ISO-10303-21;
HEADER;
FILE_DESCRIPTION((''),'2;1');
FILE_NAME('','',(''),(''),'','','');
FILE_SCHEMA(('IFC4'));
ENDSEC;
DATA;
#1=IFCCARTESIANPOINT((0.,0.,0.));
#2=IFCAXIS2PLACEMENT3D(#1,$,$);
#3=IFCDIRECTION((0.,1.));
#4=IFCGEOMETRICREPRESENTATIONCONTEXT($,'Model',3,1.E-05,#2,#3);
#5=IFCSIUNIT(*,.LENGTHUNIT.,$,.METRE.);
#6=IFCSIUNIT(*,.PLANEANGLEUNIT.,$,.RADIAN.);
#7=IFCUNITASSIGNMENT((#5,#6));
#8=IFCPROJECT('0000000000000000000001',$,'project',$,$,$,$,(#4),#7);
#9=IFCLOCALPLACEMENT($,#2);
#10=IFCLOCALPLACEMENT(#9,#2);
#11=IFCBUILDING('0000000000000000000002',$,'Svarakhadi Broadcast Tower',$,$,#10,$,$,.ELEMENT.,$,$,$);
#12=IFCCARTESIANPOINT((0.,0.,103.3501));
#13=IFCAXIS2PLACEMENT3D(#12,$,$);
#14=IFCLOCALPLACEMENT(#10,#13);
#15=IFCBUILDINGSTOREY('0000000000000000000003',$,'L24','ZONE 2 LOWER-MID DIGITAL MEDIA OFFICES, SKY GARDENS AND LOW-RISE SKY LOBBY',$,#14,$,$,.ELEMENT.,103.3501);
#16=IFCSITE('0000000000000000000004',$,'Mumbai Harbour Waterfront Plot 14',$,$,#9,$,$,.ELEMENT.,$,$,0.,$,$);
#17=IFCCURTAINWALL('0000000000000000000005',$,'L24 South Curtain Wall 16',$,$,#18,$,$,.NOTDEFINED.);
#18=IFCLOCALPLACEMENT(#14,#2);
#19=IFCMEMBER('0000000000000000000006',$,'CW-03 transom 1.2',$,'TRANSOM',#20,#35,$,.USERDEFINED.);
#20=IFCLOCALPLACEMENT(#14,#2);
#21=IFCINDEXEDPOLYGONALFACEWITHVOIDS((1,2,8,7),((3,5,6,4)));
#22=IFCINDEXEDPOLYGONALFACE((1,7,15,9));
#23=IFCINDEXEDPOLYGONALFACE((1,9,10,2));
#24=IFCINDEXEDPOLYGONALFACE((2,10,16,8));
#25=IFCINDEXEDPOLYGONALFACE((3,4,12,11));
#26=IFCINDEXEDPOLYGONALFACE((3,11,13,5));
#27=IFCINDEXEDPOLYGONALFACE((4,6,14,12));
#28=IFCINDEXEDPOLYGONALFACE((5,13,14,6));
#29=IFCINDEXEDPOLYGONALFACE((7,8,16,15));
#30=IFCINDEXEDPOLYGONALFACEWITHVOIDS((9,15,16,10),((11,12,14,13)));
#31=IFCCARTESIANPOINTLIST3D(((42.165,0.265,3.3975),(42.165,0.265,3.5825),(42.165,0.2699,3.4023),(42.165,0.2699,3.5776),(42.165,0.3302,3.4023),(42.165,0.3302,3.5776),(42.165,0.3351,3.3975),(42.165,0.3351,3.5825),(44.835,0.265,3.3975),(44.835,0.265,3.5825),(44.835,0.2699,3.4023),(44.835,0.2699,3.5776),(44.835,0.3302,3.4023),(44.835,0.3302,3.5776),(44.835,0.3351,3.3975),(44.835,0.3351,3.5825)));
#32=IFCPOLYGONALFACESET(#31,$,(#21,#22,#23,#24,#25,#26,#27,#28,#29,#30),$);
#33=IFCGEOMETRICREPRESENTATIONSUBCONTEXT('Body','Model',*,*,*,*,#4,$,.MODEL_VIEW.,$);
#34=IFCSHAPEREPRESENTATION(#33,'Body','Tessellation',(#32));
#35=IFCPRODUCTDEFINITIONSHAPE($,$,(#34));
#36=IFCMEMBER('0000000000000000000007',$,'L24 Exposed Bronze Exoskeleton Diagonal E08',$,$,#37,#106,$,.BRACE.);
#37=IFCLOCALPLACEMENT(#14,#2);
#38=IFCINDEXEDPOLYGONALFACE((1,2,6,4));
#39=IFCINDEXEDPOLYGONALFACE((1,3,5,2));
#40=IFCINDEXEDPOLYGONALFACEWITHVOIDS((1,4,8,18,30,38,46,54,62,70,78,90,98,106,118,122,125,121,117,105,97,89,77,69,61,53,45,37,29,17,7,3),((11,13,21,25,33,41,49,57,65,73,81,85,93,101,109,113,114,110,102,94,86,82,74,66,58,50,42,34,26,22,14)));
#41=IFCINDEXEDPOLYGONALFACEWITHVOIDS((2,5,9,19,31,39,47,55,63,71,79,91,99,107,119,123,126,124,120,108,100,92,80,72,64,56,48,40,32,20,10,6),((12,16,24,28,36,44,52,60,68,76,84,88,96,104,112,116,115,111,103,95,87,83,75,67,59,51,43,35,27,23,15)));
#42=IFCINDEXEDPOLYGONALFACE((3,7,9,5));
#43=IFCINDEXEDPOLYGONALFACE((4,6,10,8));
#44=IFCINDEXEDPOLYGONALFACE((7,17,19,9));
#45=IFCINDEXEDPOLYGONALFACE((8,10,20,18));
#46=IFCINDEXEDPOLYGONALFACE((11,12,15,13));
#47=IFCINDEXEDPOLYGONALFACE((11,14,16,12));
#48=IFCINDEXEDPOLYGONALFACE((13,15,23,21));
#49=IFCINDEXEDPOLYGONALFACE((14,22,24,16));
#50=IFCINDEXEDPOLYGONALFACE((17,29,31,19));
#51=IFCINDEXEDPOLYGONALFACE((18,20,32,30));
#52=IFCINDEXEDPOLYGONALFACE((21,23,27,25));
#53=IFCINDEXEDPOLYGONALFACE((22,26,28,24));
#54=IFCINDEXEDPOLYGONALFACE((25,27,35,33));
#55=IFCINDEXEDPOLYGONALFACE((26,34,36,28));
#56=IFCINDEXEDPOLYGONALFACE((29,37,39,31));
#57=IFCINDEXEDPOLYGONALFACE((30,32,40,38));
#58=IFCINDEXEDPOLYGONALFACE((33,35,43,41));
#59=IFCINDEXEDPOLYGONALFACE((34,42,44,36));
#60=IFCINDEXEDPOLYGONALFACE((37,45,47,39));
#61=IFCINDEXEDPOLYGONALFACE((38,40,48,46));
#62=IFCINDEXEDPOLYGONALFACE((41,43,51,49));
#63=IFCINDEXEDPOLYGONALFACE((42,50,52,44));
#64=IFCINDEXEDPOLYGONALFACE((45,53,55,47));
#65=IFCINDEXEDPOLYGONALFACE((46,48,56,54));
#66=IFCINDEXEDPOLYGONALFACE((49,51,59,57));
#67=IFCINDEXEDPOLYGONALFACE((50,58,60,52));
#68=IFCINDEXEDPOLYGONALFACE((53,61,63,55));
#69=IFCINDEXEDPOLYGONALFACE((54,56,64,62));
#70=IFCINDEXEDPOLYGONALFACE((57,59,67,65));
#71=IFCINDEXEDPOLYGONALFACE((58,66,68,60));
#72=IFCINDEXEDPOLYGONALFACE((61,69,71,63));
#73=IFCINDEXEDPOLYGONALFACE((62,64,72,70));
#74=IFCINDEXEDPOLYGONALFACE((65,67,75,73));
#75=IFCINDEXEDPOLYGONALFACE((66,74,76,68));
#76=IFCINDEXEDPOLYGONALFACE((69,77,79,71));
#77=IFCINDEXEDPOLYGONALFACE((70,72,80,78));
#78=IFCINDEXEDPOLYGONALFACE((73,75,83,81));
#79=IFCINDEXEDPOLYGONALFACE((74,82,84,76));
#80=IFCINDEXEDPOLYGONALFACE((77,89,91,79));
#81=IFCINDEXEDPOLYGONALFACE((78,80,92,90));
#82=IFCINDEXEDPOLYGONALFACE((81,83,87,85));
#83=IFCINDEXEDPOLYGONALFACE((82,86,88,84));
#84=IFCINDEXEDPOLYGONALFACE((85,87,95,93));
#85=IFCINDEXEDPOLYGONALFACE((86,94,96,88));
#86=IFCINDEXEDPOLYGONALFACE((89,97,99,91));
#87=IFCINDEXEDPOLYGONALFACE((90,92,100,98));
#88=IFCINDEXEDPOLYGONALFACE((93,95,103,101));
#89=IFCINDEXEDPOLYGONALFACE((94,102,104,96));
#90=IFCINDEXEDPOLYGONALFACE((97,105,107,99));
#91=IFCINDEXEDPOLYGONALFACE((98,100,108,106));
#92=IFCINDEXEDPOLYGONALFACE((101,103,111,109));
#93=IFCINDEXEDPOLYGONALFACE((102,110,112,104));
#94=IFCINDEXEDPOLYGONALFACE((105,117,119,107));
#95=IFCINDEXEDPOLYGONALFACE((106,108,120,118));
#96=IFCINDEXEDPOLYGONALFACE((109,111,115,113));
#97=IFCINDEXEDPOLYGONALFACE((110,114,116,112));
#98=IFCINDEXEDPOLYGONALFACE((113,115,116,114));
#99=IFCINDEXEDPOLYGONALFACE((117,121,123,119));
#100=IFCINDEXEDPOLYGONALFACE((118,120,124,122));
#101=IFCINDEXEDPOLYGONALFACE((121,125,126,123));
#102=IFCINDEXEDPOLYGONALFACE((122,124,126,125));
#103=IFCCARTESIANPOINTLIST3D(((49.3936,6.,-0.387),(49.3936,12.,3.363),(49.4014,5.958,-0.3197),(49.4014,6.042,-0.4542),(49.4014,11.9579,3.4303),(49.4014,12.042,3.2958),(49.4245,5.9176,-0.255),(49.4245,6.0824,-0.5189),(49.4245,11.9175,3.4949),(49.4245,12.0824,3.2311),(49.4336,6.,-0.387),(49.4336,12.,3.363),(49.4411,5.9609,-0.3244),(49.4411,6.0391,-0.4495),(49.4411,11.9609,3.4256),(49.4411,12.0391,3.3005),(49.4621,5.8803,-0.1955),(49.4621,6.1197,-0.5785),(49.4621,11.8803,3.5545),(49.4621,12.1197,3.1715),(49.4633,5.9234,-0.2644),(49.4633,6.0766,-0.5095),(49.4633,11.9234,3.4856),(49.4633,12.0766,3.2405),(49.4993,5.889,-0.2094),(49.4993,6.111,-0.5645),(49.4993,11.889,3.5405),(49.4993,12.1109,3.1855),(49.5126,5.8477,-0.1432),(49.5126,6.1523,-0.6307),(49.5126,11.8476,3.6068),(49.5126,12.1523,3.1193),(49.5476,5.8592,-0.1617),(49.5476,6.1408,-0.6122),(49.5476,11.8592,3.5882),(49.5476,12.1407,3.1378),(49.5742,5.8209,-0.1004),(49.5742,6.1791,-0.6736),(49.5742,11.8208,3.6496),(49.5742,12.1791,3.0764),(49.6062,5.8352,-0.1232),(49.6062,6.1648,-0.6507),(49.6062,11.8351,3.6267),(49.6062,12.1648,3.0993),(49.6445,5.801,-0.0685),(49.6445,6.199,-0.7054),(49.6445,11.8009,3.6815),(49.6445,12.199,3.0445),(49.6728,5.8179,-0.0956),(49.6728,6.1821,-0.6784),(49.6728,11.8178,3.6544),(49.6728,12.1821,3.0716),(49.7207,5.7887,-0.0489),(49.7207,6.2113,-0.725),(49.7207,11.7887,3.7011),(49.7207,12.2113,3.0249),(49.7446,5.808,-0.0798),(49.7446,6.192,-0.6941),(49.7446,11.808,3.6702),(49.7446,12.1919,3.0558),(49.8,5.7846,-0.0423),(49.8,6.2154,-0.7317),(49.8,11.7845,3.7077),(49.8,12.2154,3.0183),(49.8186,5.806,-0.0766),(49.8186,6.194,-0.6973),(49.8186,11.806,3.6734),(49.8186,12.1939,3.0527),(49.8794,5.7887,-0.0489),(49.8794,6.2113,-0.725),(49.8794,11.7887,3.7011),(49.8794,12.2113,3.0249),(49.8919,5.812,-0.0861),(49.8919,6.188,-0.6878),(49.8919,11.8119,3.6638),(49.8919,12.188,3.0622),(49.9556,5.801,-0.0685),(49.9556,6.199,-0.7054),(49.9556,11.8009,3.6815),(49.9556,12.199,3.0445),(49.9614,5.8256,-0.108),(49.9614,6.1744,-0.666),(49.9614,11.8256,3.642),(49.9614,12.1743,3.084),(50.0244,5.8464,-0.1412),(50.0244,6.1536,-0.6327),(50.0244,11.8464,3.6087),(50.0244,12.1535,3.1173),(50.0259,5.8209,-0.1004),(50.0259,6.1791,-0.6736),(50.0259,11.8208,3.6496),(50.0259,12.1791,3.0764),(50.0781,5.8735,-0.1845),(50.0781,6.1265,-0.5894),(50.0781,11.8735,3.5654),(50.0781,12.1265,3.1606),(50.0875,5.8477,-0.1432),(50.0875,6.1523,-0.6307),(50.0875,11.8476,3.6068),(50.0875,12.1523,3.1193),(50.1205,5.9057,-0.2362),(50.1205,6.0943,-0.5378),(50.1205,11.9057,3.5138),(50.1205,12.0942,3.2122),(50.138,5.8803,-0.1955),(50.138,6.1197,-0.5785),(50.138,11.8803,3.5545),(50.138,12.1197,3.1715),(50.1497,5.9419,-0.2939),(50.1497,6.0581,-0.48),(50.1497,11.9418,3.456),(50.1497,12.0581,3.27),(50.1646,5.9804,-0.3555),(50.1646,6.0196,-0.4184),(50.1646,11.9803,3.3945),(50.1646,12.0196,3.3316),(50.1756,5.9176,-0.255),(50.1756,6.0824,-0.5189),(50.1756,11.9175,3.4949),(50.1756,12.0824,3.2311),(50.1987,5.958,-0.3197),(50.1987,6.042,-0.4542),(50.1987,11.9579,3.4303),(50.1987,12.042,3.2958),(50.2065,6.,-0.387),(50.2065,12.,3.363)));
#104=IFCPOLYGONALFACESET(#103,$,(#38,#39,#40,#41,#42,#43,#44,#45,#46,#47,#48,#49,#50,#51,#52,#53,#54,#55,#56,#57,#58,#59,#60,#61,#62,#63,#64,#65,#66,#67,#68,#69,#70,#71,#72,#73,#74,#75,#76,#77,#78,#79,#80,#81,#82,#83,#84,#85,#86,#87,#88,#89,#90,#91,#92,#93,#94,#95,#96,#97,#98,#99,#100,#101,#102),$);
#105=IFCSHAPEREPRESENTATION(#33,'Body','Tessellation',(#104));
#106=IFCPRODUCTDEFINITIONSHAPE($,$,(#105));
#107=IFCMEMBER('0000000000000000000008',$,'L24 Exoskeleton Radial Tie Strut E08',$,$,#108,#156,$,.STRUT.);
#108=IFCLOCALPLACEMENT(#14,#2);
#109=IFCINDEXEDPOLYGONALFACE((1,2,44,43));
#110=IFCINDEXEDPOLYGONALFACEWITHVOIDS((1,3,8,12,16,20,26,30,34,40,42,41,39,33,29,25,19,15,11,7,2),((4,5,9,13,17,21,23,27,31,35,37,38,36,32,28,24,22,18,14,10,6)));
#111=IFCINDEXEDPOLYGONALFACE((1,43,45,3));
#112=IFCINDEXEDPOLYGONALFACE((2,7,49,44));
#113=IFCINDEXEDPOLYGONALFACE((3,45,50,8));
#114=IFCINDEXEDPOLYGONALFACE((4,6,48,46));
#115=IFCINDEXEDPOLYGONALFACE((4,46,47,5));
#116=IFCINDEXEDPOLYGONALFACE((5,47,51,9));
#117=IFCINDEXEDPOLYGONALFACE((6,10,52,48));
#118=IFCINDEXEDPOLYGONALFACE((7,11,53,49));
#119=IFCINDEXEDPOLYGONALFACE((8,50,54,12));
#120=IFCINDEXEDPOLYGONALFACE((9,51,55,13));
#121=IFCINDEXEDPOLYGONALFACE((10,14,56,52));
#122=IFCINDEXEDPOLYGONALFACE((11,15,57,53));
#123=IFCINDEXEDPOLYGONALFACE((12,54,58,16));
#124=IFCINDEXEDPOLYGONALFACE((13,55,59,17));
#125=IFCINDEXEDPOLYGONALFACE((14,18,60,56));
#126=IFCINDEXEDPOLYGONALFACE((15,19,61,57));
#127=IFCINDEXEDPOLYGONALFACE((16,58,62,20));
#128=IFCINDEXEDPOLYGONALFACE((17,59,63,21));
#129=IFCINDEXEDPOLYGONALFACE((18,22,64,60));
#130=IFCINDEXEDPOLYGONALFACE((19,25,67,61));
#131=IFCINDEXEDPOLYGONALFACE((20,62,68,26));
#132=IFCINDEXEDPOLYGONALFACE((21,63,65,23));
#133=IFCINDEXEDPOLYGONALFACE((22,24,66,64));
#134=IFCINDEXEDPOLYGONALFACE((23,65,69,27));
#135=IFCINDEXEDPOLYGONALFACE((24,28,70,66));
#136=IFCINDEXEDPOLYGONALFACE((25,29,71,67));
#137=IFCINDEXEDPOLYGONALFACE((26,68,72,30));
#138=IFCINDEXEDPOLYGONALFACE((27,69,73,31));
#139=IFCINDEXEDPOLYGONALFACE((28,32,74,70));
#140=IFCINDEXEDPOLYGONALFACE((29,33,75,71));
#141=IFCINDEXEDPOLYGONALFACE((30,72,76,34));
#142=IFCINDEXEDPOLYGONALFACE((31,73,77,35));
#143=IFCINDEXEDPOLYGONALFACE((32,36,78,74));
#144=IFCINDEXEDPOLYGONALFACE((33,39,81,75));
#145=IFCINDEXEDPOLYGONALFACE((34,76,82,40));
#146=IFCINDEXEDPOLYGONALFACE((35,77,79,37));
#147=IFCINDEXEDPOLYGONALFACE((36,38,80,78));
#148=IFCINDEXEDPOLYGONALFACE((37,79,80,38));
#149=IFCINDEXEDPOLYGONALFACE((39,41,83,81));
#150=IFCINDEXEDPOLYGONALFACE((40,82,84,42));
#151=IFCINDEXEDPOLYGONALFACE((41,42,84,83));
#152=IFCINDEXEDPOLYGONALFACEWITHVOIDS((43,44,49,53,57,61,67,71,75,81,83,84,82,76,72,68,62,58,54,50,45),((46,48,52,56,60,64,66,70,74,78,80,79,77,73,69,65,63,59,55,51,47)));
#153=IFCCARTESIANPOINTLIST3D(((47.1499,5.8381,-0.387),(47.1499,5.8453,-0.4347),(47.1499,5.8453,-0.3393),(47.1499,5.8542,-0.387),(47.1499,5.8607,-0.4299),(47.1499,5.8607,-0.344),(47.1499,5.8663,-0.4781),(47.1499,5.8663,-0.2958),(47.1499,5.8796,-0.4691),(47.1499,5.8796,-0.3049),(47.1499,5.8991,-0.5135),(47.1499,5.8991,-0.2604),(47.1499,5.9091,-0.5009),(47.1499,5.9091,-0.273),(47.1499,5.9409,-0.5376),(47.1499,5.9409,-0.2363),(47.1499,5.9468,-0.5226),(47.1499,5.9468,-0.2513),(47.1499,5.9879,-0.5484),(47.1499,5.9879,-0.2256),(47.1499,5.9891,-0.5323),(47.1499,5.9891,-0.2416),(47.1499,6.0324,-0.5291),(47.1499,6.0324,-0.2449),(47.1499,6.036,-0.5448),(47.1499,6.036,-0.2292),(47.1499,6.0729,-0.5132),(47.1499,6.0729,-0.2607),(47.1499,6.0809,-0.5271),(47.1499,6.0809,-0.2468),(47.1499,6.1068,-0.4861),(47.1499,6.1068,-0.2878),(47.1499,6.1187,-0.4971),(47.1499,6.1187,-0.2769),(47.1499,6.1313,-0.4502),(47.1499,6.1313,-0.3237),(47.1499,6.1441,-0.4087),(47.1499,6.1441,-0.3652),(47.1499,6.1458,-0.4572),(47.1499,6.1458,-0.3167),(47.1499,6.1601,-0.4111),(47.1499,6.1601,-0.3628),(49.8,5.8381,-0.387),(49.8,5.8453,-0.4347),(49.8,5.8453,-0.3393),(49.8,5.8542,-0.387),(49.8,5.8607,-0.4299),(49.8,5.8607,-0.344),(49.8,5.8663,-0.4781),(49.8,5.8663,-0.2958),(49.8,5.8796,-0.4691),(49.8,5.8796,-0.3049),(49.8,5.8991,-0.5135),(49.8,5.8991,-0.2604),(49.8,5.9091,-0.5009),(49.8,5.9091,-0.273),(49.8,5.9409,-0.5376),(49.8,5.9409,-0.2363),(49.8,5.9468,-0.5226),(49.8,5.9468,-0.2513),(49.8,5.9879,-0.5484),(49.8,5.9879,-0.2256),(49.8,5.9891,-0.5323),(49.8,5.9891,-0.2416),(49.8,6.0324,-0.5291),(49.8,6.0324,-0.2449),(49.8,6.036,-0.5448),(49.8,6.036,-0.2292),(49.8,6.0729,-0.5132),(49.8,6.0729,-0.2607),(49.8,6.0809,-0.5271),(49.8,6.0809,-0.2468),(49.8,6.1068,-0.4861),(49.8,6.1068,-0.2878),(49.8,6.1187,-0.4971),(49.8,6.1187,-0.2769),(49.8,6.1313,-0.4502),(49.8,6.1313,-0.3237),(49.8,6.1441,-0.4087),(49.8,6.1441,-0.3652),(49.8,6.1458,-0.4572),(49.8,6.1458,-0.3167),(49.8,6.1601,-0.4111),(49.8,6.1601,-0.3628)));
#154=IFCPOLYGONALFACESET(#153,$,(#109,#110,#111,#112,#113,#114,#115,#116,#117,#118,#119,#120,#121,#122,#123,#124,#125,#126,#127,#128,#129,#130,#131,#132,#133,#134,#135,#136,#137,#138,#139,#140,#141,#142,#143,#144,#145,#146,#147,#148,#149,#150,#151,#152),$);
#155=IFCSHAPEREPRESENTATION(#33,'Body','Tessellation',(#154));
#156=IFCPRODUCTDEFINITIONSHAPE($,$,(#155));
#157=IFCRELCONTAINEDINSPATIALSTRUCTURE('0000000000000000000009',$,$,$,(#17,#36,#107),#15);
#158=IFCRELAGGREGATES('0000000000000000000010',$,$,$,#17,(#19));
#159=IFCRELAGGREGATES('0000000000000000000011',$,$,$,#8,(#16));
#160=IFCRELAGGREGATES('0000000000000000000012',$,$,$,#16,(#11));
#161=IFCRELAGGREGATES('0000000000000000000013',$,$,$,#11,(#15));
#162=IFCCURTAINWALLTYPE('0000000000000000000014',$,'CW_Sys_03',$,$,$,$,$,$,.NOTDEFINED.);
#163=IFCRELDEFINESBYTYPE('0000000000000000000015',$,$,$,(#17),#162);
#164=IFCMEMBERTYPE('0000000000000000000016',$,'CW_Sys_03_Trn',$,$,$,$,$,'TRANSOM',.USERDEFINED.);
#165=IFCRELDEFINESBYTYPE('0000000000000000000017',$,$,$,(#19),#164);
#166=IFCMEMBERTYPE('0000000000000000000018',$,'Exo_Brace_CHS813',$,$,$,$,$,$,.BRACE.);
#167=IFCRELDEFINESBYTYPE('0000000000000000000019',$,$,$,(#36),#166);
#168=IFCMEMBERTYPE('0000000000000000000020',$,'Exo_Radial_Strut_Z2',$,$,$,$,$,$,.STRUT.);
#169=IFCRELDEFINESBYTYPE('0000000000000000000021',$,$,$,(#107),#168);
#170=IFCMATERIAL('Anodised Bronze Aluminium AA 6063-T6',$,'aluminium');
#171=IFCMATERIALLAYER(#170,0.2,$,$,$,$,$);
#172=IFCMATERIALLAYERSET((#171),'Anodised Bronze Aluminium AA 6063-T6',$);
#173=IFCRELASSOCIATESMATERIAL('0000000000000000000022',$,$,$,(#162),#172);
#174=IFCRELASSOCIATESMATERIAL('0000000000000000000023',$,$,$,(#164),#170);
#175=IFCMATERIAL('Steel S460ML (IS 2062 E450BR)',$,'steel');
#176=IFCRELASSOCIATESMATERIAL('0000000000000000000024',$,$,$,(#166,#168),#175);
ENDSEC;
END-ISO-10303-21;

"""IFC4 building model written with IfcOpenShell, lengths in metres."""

from ifc_helpers import new_model, si_unit, direction, frame, origin, origin_2d, place, context, subcontext, project, spatial, hollow_rectangle, hollow_circle, extrude, material, layer, layer_set, material_profile, profile_set, type_object, element, aggregate, save


model = new_model("IFC4")

# Units and contexts
model_context = context("Model", 3, precision=1e-05, world=origin(), true_north=direction((0.0, 1.0)))
body_context = subcontext(model_context, "Body", "Model", "MODEL_VIEW")
ifc_project = project(units=[si_unit("LENGTHUNIT", "METRE"), si_unit("PLANEANGLEUNIT", "RADIAN")], contexts=[model_context])

# Site, building, storey
site_placement = place(None, origin())
site = spatial("IfcSite", under=ifc_project, at=site_placement, Name="Mumbai Harbour Waterfront Plot 14", CompositionType="ELEMENT", RefElevation=0.0)
building_placement = place(site_placement, origin())
building = spatial("IfcBuilding", under=site, at=building_placement, Name="Svarakhadi Broadcast Tower", CompositionType="ELEMENT")
storey_placement = place(building_placement, frame((0.0, 0.0, 103.3501)))
storey = spatial("IfcBuildingStorey", under=building, at=storey_placement, Name="L24", Description="ZONE 2 LOWER-MID DIGITAL MEDIA OFFICES, SKY GARDENS AND LOW-RISE SKY LOBBY", CompositionType="ELEMENT", Elevation=103.3501)

# Shared definitions
ifc_material_1 = material(Name="Steel S460ML (IS 2062 E450BR)", Category="steel")

# Curtain wall
ifc_material_2 = material(Name="Anodised Bronze Aluminium AA 6063-T6", Category="aluminium")
ifc_layer_1 = layer(ifc_material_2, 0.2)
ifc_layer_set_1 = layer_set([ifc_layer_1], Name="Anodised Bronze Aluminium AA 6063-T6")
curtain_wall_type = type_object("IfcCurtainWallType", Name="CW_Sys_03", PredefinedType="NOTDEFINED", material=ifc_layer_set_1)
curtain_wall_1_placement = place(storey_placement, origin())
curtain_wall_1 = element("IfcCurtainWall", 1, at=curtain_wall_1_placement, inside=storey, type_object=curtain_wall_type, Name="L24 South Curtain Wall 16", PredefinedType="NOTDEFINED")

# Member
ifc_material_profile_1 = material_profile(ifc_material_2, hollow_rectangle(XDim=0.0701, YDim=0.1851, WallThickness=0.0049, at=origin_2d()), Name="ALU TRANSOM 185x70x5")
ifc_profile_set_1 = profile_set([ifc_material_profile_1], Name="Anodised Bronze Aluminium AA 6063-T6")
member_type_1 = type_object("IfcMemberType", Name="CW_Sys_03_Trn", ElementType="TRANSOM", PredefinedType="USERDEFINED", material=ifc_profile_set_1)
member_1_placement = place(storey_placement, frame((44.835, 0.3, 3.49), z_axis=(-1.0, 0.0, 0.0), x_axis=(0.0, -1.0, 0.0)))
member_1 = element("IfcMember", 2, at=member_1_placement, type_object=member_type_1, Name="CW-03 transom 1.2", ObjectType="TRANSOM", PredefinedType="USERDEFINED", context=body_context, shape_type="SweptSolid", body=[
    extrude(hollow_rectangle(XDim=0.0701, YDim=0.1851, WallThickness=0.0049, at=origin_2d()), origin(), (0.0, 0.0, 1.0), 2.6699),
])

# Members
ifc_material_profile_2 = material_profile(ifc_material_1, hollow_circle(Radius=0.4065, WallThickness=0.04, at=origin_2d()), Name="CHS 813x40")
ifc_profile_set_2 = profile_set([ifc_material_profile_2], Name="Steel S460ML (IS 2062 E450BR)")
member_type_2 = type_object("IfcMemberType", Name="Exo_Brace_CHS813", PredefinedType="BRACE", material=ifc_profile_set_2)
member_2_placement = place(storey_placement, frame((49.8, 6.0, -0.387), z_axis=(0.0, 0.847998, 0.529999), x_axis=(-1.0, 0.0, 0.0)))
element("IfcMember", 3, at=member_2_placement, inside=storey, type_object=member_type_2, Name="L24 Exposed Bronze Exoskeleton Diagonal E08", PredefinedType="BRACE", context=body_context, shape_type="SweptSolid", body=[
    extrude(hollow_circle(Radius=0.4065, WallThickness=0.04, at=origin_2d()), origin(), (0.0, 0.0, 1.0), 7.0754),
])
ifc_material_profile_3 = material_profile(ifc_material_1, hollow_circle(Radius=0.1619, WallThickness=0.0161, at=origin_2d()), Name="CHS 323.9x16")
ifc_profile_set_3 = profile_set([ifc_material_profile_3], Name="Steel S460ML (IS 2062 E450BR)")
member_type_3 = type_object("IfcMemberType", Name="Exo_Radial_Strut_Z2", PredefinedType="STRUT", material=ifc_profile_set_3)
member_3_placement = place(storey_placement, frame((49.8, 6.0, -0.387), z_axis=(-1.0, 0.0, 0.0), x_axis=(0.0, -1.0, 0.0)))
element("IfcMember", 4, at=member_3_placement, inside=storey, type_object=member_type_3, Name="L24 Exoskeleton Radial Tie Strut E08", PredefinedType="STRUT", context=body_context, shape_type="SweptSolid", body=[
    extrude(hollow_circle(Radius=0.1619, WallThickness=0.0161, at=origin_2d()), origin(), (0.0, 0.0, 1.0), 2.6501),
])

aggregate(curtain_wall_1, [member_1])

save(model, "model.ifc")
